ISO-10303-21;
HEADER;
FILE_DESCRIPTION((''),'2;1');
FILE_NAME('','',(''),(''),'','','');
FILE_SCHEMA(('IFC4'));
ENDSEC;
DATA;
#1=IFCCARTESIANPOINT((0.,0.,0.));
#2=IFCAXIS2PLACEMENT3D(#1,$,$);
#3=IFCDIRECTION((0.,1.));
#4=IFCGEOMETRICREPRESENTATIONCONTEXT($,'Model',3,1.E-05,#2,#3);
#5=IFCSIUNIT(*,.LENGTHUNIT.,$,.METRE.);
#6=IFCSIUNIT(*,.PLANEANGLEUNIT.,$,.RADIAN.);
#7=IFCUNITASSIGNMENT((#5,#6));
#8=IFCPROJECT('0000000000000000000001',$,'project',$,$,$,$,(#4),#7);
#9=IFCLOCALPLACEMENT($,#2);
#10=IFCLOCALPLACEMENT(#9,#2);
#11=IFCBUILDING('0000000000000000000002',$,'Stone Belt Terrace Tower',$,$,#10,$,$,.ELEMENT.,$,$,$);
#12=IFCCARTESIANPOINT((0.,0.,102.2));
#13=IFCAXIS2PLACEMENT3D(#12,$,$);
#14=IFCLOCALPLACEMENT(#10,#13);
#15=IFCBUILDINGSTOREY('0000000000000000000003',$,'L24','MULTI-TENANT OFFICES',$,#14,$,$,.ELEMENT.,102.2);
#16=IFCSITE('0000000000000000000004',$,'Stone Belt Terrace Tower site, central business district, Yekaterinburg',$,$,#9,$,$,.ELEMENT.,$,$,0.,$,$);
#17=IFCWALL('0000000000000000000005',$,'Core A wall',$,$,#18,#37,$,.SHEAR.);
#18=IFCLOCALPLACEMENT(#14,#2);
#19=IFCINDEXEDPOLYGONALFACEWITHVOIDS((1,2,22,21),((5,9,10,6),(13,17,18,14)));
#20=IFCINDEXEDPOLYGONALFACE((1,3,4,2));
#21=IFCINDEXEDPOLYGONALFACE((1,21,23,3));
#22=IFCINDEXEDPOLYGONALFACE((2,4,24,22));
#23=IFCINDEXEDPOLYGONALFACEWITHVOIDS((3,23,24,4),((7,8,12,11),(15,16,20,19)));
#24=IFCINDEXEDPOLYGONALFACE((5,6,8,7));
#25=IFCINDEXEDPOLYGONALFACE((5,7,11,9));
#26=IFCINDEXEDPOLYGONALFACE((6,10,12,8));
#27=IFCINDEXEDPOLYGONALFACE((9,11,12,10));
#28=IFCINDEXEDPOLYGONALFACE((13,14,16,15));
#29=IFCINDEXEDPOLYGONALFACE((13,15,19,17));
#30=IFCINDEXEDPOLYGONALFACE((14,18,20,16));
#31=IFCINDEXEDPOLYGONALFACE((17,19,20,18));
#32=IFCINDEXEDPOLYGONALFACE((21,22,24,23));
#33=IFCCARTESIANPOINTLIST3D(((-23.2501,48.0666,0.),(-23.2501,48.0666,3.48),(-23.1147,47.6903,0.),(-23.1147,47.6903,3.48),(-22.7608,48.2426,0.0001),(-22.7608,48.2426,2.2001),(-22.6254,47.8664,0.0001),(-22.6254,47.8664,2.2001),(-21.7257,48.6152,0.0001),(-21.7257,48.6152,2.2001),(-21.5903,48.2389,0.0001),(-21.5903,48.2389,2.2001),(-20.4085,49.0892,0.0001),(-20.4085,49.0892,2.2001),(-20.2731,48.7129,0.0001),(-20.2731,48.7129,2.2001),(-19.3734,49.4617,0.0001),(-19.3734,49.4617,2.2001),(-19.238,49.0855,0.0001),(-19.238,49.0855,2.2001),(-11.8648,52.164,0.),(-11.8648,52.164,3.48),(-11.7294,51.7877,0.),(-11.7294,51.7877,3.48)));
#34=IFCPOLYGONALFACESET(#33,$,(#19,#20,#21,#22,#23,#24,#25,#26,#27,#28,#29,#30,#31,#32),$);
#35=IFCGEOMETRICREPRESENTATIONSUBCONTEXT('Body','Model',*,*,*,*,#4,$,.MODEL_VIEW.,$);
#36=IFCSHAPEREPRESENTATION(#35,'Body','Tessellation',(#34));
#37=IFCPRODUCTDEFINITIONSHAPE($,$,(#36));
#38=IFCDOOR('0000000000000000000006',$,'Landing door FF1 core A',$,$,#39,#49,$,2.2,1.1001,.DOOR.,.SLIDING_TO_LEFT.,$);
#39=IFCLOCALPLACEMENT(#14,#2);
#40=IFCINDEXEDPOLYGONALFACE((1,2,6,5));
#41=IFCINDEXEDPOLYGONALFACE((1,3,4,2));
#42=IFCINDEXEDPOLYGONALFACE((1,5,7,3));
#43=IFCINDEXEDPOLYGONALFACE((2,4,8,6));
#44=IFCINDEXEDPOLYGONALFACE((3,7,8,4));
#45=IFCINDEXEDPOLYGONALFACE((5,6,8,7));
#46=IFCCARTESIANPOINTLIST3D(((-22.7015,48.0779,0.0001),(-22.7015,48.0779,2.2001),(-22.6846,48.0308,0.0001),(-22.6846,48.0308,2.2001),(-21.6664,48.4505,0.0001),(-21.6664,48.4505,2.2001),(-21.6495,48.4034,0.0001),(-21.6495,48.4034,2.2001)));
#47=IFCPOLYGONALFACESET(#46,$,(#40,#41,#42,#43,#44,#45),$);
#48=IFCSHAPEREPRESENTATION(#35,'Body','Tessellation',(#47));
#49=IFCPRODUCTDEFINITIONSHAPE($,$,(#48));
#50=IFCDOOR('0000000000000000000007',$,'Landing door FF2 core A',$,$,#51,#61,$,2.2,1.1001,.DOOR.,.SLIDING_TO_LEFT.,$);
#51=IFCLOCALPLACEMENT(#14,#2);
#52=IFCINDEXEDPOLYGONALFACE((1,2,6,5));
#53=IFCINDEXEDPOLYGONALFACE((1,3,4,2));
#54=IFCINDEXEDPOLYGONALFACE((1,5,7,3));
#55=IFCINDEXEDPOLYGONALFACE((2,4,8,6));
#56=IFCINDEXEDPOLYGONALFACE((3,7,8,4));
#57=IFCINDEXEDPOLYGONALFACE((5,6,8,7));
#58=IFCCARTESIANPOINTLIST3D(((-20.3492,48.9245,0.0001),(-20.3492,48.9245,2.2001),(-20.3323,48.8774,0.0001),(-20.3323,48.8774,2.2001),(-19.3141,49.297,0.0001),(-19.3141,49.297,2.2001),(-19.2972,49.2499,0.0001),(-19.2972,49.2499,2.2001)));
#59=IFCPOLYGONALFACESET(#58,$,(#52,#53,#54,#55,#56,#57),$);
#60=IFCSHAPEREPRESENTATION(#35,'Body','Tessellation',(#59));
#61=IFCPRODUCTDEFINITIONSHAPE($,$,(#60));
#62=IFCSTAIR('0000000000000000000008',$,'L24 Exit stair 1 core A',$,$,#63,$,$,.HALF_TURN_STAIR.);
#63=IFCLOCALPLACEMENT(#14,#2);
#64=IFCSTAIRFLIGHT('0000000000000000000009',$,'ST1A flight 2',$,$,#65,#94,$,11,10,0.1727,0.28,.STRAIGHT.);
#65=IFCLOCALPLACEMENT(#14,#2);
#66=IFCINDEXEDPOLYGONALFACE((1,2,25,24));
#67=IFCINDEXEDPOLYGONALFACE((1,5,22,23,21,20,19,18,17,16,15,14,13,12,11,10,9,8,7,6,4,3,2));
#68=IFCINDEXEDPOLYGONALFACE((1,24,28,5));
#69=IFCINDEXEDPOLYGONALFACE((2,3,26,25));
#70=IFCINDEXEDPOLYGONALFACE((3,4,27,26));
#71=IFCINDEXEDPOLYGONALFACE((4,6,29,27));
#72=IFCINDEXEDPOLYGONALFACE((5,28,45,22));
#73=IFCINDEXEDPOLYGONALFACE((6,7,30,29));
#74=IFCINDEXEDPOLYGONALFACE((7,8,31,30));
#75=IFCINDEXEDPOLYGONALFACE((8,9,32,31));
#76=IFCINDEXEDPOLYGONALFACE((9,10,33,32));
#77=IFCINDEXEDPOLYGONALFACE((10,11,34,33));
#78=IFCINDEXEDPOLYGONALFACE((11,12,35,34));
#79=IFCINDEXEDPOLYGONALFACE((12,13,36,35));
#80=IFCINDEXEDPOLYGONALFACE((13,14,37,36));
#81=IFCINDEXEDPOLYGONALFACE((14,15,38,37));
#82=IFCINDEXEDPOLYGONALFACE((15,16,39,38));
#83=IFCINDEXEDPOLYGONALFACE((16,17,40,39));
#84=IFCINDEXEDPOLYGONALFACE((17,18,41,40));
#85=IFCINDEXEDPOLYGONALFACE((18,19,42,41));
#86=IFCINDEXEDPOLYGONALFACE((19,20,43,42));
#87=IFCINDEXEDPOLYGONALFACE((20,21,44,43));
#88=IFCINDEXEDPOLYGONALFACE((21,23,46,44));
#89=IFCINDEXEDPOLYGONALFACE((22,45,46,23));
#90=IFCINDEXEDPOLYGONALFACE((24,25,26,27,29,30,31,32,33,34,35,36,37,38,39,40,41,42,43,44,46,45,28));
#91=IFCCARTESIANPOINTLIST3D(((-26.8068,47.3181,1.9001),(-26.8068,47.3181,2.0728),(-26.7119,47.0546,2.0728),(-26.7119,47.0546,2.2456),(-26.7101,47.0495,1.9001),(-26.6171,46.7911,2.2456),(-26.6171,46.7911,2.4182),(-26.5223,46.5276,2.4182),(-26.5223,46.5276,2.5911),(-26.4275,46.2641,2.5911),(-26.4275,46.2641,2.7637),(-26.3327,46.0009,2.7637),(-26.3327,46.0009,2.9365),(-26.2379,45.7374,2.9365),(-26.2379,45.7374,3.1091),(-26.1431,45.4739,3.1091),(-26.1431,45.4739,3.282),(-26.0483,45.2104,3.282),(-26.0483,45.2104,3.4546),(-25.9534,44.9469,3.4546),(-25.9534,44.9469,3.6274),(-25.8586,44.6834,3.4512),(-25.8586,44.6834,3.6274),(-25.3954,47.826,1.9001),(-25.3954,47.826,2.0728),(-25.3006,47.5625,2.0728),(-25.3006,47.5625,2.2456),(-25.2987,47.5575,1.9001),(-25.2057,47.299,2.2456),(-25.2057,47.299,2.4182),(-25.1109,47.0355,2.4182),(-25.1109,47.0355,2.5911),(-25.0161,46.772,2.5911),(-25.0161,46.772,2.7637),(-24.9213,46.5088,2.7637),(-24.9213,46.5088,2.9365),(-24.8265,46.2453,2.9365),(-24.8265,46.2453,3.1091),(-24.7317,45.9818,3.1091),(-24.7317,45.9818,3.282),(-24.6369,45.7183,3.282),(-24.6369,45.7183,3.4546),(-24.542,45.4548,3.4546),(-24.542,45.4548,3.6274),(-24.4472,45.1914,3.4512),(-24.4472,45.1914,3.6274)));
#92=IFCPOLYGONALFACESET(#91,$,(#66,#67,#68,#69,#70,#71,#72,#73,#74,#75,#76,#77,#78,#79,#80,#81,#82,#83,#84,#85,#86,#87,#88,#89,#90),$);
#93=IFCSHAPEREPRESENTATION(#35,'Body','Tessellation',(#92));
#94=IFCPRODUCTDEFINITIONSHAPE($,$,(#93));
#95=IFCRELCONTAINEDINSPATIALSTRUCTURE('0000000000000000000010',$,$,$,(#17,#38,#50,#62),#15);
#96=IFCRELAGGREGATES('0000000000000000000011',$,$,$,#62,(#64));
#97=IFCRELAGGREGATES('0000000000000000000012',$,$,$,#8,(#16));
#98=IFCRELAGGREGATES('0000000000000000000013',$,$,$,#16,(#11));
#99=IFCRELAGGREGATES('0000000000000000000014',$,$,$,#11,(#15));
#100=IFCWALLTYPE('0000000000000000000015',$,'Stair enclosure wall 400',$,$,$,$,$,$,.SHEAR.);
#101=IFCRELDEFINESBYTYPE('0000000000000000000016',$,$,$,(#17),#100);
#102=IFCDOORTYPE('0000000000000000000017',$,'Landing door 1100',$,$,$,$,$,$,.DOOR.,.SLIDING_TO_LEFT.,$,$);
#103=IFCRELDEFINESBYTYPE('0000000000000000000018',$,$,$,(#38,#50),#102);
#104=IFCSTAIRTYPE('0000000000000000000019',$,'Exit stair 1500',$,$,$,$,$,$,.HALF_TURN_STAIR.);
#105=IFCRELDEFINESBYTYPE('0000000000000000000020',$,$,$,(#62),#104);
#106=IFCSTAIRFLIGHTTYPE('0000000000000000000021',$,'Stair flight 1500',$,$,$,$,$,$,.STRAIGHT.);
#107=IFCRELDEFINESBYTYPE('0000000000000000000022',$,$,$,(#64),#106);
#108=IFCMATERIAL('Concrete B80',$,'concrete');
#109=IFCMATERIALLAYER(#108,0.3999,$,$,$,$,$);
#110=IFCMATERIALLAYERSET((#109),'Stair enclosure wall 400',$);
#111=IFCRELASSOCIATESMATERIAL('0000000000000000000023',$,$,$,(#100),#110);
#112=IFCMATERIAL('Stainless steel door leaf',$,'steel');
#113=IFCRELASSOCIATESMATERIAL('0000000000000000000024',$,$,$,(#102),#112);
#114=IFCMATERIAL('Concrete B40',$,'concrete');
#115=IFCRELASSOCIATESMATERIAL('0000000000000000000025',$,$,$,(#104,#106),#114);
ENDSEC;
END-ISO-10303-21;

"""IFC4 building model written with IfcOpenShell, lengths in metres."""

from ifc_helpers import new_model, si_unit, direction, frame, frame_2d, origin, place, context, subcontext, project, spatial, polyline, rectangle, outline, extrude, material, layer, layer_set, type_object, element, fill, aggregate, save


model = new_model("IFC4")

# Units and contexts
model_context = context("Model", 3, precision=1e-05, world=origin(), true_north=direction((0.0, 1.0)))
body_context = subcontext(model_context, "Body", "Model", "MODEL_VIEW")
ifc_project = project(units=[si_unit("LENGTHUNIT", "METRE"), si_unit("PLANEANGLEUNIT", "RADIAN")], contexts=[model_context])

# Site, building, storey
site_placement = place(None, origin())
site = spatial("IfcSite", under=ifc_project, at=site_placement, Name="Stone Belt Terrace Tower site, central business district, Yekaterinburg", CompositionType="ELEMENT", RefElevation=0.0)
building_placement = place(site_placement, origin())
building = spatial("IfcBuilding", under=site, at=building_placement, Name="Stone Belt Terrace Tower", CompositionType="ELEMENT")
storey_placement = place(building_placement, frame((0.0, 0.0, 102.2)))
storey = spatial("IfcBuildingStorey", under=building, at=storey_placement, Name="L24", Description="MULTI-TENANT OFFICES", CompositionType="ELEMENT", Elevation=102.2)

# Shared definitions
ifc_material_1 = material(Name="Concrete B80", Category="concrete")

# Shared definitions
ifc_material_2 = material(Name="Stainless steel door leaf", Category="steel")

# Shared definitions
ifc_layer_1 = layer(ifc_material_1, 0.3999)
ifc_layer_set_1 = layer_set([ifc_layer_1], Name="Stair enclosure wall 400")
wall_type_1 = type_object("IfcWallType", Name="Stair enclosure wall 400", PredefinedType="SHEAR", material=ifc_layer_set_1)

# Wall, openings, doors
wall_1_placement = place(storey_placement, frame((-23.1824, 47.8784, 0.0), z_axis=(0.0, 0.0, 1.0), x_axis=(0.940921, 0.338626, 0.0)))
wall_1 = element("IfcWall", 1, at=wall_1_placement, inside=storey, type_object=wall_type_1, Name="Core A wall", PredefinedType="SHEAR", context=body_context, shape_type="SweptSolid", body=[
    extrude(rectangle(XDim=12.1001, YDim=0.3999, at=frame_2d((6.05, 0.0))), origin(), (0.0, 0.0, 1.0), 3.48),
])
opening_1_placement = place(wall_1_placement, frame((0.52, 0.0, 0.0)))
opening_1 = element("IfcOpeningElement", 2, at=opening_1_placement, cuts=wall_1, PredefinedType="OPENING", context=body_context, shape_type="SweptSolid", body=[
    extrude(rectangle(XDim=1.1001, YDim=2.2, at=frame_2d((0.55, 1.1001))), frame((0.0, 0.21, 0.0), z_axis=(0.0, -1.0, 0.0), x_axis=(1.0, 0.0, 0.0)), (0.0, 0.0, 1.0), 0.4199),
])
opening_2_placement = place(wall_1_placement, frame((3.02, 0.0, 0.0)))
opening_2 = element("IfcOpeningElement", 3, at=opening_2_placement, cuts=wall_1, PredefinedType="OPENING", context=body_context, shape_type="SweptSolid", body=[
    extrude(rectangle(XDim=1.1001, YDim=2.2, at=frame_2d((0.55, 1.1001))), frame((0.0, 0.21, 0.0), z_axis=(0.0, -1.0, 0.0), x_axis=(1.0, 0.0, 0.0)), (0.0, 0.0, 1.0), 0.4199),
])
door_type_1 = type_object("IfcDoorType", Name="Landing door 1100", OperationType="SLIDING_TO_LEFT", PredefinedType="DOOR", material=ifc_material_2)
door_1_placement = place(opening_1_placement, origin())
door_1 = element("IfcDoor", 4, at=door_1_placement, inside=storey, type_object=door_type_1, Name="Landing door FF1 core A", OperationType="SLIDING_TO_LEFT", OverallHeight=2.2, OverallWidth=1.1001, PredefinedType="DOOR", context=body_context, shape_type="SweptSolid", body=[
    extrude(rectangle(XDim=1.1001, YDim=2.2, at=frame_2d((0.55, 1.1001))), frame((0.0, 0.0249, 0.0), z_axis=(0.0, -1.0, 0.0), x_axis=(1.0, 0.0, 0.0)), (0.0, 0.0, 1.0), 0.05),
])
fill(opening_1, door_1)
door_2_placement = place(opening_2_placement, origin())
door_2 = element("IfcDoor", 5, at=door_2_placement, inside=storey, type_object=door_type_1, Name="Landing door FF2 core A", OperationType="SLIDING_TO_LEFT", OverallHeight=2.2, OverallWidth=1.1001, PredefinedType="DOOR", context=body_context, shape_type="SweptSolid", body=[
    extrude(rectangle(XDim=1.1001, YDim=2.2, at=frame_2d((0.55, 1.1001))), frame((0.0, 0.0249, 0.0), z_axis=(0.0, -1.0, 0.0), x_axis=(1.0, 0.0, 0.0)), (0.0, 0.0, 1.0), 0.05),
])
fill(opening_2, door_2)

# Stair, stair flight
ifc_material_3 = material(Name="Concrete B40", Category="concrete")
stair_type = type_object("IfcStairType", Name="Exit stair 1500", PredefinedType="HALF_TURN_STAIR", material=ifc_material_3)
stair_placement = place(storey_placement, origin())
stair = element("IfcStair", 6, at=stair_placement, inside=storey, type_object=stair_type, Name="L24 Exit stair 1 core A", PredefinedType="HALF_TURN_STAIR")
stair_flight_type = type_object("IfcStairFlightType", Name="Stair flight 1500", PredefinedType="STRAIGHT", material=ifc_material_3)
stair_flight_placement = place(storey_placement, frame((-26.1011, 47.572, 1.9001), z_axis=(0.0, 0.0, 1.0), x_axis=(0.338624, -0.940922, 0.0)))
stair_flight = element("IfcStairFlight", 7, at=stair_flight_placement, type_object=stair_flight_type, Name="ST1A flight 2", NumberOfRisers=11, NumberOfTreads=10, PredefinedType="STRAIGHT", RiserHeight=0.1727, TreadLength=0.28, context=body_context, shape_type="SweptSolid", body=[
    extrude(outline(polyline([(0.0, 0.0), (0.0, 0.1726), (0.28, 0.1726), (0.28, 0.3455), (0.5601, 0.3455), (0.5601, 0.5181), (0.8401, 0.5181), (0.8401, 0.6909), (1.1201, 0.6909), (1.1201, 0.8635), (1.3999, 0.8635), (1.3999, 1.0364), (1.6799, 1.0364), (1.6799, 1.209), (1.96, 1.209), (1.96, 1.3818), (2.24, 1.3818), (2.24, 1.5544), (2.52, 1.5544), (2.52, 1.7273), (2.8, 1.7273), (2.8, 1.8999), (2.8, 1.551), (0.2854, 0.0), (0.0, 0.0)])), frame((0.0, 0.75, 0.0), z_axis=(0.0, -1.0, 0.0), x_axis=(1.0, 0.0, 0.0)), (0.0, 0.0, 1.0), 1.5),
])
aggregate(stair, [stair_flight])

save(model, "model.ifc")
